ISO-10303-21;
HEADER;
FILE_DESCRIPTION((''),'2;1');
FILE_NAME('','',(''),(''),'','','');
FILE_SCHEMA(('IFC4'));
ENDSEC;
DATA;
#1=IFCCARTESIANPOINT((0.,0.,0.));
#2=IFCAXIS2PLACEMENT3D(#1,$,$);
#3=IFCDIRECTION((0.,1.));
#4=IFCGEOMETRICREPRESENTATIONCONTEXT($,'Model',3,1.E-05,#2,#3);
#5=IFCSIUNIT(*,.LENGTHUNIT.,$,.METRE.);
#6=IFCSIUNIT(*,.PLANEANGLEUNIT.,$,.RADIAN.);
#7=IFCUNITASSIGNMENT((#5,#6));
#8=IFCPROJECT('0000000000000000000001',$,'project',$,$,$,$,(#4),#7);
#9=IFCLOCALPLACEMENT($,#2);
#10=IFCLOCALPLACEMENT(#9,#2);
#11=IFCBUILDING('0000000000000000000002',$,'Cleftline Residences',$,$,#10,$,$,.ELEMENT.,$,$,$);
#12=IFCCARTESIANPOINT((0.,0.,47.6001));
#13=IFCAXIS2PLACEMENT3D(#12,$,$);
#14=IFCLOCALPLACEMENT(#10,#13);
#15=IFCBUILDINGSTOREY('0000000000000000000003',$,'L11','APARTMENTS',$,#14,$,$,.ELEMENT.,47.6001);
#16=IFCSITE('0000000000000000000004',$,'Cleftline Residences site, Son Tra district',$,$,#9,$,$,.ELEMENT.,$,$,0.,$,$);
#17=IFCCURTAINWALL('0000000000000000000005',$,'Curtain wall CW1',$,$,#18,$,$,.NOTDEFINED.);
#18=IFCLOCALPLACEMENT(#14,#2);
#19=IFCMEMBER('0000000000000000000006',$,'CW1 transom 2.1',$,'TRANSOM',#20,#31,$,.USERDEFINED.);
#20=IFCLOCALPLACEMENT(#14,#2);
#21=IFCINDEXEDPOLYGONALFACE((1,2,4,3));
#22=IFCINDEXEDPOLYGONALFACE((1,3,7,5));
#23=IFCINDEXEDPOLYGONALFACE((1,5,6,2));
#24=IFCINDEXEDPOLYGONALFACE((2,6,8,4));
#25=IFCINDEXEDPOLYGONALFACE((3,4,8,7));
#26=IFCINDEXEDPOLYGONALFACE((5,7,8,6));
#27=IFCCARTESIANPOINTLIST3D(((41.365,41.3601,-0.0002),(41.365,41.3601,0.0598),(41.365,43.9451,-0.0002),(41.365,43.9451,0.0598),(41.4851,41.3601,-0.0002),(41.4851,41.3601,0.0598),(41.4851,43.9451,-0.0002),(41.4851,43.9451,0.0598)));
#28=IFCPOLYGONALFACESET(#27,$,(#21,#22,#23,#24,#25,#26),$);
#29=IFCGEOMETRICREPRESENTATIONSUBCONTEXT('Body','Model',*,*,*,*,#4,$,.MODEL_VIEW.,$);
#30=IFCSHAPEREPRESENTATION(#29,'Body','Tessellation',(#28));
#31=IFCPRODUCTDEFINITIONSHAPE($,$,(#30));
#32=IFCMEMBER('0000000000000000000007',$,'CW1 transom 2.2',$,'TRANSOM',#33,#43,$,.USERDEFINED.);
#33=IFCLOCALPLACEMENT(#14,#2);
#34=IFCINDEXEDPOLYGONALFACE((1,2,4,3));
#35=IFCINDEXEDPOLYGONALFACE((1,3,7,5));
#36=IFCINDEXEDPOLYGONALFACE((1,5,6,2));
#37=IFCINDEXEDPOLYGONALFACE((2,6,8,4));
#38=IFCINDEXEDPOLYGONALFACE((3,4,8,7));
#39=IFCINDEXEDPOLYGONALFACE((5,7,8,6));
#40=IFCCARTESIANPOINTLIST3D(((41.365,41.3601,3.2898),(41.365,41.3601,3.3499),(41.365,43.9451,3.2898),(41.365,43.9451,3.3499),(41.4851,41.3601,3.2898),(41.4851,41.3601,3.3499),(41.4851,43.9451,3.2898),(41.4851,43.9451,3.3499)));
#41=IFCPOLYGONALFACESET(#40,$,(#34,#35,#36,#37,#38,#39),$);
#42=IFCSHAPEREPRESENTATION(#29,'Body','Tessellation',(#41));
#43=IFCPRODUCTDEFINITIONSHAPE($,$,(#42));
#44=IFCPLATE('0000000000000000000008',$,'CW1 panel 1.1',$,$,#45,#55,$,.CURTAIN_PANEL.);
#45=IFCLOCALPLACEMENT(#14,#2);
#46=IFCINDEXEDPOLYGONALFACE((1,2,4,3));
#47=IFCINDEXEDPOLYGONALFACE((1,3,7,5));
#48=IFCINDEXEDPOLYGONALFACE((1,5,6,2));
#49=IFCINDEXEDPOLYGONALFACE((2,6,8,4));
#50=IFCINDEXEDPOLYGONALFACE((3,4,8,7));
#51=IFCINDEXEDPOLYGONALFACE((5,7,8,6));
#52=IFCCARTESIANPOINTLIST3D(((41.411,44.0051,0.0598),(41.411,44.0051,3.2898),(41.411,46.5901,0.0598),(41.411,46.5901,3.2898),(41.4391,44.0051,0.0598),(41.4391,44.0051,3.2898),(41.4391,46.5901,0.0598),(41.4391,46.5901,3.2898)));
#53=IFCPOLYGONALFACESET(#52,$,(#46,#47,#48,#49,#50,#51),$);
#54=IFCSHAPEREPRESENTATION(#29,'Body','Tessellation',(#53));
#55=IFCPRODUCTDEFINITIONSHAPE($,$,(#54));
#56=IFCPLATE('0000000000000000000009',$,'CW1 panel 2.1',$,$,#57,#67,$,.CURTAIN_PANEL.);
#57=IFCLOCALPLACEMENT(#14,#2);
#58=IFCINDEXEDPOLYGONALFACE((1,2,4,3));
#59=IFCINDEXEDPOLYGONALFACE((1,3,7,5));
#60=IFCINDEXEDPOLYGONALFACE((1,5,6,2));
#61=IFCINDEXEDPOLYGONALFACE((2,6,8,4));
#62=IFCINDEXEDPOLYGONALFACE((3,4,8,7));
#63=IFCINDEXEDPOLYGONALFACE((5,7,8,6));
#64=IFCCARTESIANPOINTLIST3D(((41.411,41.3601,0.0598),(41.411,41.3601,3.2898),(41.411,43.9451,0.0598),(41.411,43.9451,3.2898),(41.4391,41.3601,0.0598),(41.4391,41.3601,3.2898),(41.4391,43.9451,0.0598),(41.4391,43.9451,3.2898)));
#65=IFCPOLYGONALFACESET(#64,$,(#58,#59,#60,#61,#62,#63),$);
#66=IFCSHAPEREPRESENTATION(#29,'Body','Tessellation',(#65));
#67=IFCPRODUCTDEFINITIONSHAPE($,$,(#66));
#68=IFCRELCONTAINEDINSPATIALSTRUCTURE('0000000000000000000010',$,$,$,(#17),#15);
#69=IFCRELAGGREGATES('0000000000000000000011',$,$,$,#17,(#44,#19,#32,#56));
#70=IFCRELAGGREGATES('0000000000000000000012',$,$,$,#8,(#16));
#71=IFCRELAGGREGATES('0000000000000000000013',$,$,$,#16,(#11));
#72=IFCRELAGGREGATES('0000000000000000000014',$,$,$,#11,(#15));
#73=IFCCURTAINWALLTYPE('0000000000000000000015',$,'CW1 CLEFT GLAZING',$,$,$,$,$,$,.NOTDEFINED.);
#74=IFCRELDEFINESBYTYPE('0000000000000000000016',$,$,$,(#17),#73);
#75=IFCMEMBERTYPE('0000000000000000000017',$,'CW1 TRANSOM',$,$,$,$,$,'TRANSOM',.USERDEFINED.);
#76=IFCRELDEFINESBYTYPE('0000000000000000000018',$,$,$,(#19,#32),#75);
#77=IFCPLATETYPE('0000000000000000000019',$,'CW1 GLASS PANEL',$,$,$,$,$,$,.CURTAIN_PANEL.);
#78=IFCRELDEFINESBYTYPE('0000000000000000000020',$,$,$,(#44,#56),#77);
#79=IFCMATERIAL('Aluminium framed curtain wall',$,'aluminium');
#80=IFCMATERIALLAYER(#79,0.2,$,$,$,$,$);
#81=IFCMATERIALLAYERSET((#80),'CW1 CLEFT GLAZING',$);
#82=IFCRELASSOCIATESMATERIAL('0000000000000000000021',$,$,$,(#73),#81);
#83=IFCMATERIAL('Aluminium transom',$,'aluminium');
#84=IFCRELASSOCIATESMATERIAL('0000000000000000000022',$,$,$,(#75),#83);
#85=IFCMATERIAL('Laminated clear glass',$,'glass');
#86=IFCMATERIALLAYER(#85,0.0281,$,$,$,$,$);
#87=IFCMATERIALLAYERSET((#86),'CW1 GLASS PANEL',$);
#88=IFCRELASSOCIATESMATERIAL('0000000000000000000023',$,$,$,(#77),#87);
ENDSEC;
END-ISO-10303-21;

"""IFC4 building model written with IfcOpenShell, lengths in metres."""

from ifc_helpers import new_model, si_unit, direction, frame, origin, origin_2d, place, context, subcontext, project, spatial, rectangle, extrude, material, layer, layer_set, material_profile, profile_set, type_object, element, aggregate, save


model = new_model("IFC4")

# Units and contexts
model_context = context("Model", 3, precision=1e-05, world=origin(), true_north=direction((0.0, 1.0)))
body_context = subcontext(model_context, "Body", "Model", "MODEL_VIEW")
ifc_project = project(units=[si_unit("LENGTHUNIT", "METRE"), si_unit("PLANEANGLEUNIT", "RADIAN")], contexts=[model_context])

# Site, building, storey
site_placement = place(None, origin())
site = spatial("IfcSite", under=ifc_project, at=site_placement, Name="Cleftline Residences site, Son Tra district", CompositionType="ELEMENT", RefElevation=0.0)
building_placement = place(site_placement, origin())
building = spatial("IfcBuilding", under=site, at=building_placement, Name="Cleftline Residences", CompositionType="ELEMENT")
storey_placement = place(building_placement, frame((0.0, 0.0, 47.6001)))
storey = spatial("IfcBuildingStorey", under=building, at=storey_placement, Name="L11", Description="APARTMENTS", CompositionType="ELEMENT", Elevation=47.6001)

# Curtain wall, members, plates
ifc_material_1 = material(Name="Aluminium framed curtain wall", Category="aluminium")
ifc_layer_1 = layer(ifc_material_1, 0.2)
ifc_layer_set_1 = layer_set([ifc_layer_1], Name="CW1 CLEFT GLAZING")
curtain_wall_type = type_object("IfcCurtainWallType", Name="CW1 CLEFT GLAZING", PredefinedType="NOTDEFINED", material=ifc_layer_set_1)
curtain_wall_placement = place(storey_placement, origin())
curtain_wall = element("IfcCurtainWall", 1, at=curtain_wall_placement, inside=storey, type_object=curtain_wall_type, Name="Curtain wall CW1", PredefinedType="NOTDEFINED")
ifc_material_2 = material(Name="Aluminium transom", Category="aluminium")
ifc_material_profile_1 = material_profile(ifc_material_2, rectangle(XDim=0.1201, YDim=0.0601, at=origin_2d()))
ifc_profile_set_1 = profile_set([ifc_material_profile_1], Name="Aluminium transom")
member_type_1 = type_object("IfcMemberType", Name="CW1 TRANSOM", ElementType="TRANSOM", PredefinedType="USERDEFINED", material=ifc_profile_set_1)
member_1_placement = place(storey_placement, frame((41.425, 43.9451, 0.0298), z_axis=(0.0, -1.0, 0.0), x_axis=(1.0, 0.0, 0.0)))
member_1 = element("IfcMember", 2, at=member_1_placement, type_object=member_type_1, Name="CW1 transom 2.1", ObjectType="TRANSOM", PredefinedType="USERDEFINED", context=body_context, shape_type="SweptSolid", body=[
    extrude(rectangle(XDim=0.1201, YDim=0.0601, at=origin_2d()), origin(), (0.0, 0.0, 1.0), 2.585),
])
member_2_placement = place(storey_placement, frame((41.425, 43.9451, 3.3198), z_axis=(0.0, -1.0, 0.0), x_axis=(1.0, 0.0, 0.0)))
member_2 = element("IfcMember", 3, at=member_2_placement, type_object=member_type_1, Name="CW1 transom 2.2", ObjectType="TRANSOM", PredefinedType="USERDEFINED", context=body_context, shape_type="SweptSolid", body=[
    extrude(rectangle(XDim=0.1201, YDim=0.0601, at=origin_2d()), origin(), (0.0, 0.0, 1.0), 2.585),
])
ifc_material_3 = material(Name="Laminated clear glass", Category="glass")
ifc_layer_2 = layer(ifc_material_3, 0.0281)
ifc_layer_set_2 = layer_set([ifc_layer_2], Name="CW1 GLASS PANEL")
plate_type = type_object("IfcPlateType", Name="CW1 GLASS PANEL", PredefinedType="CURTAIN_PANEL", material=ifc_layer_set_2)
plate_1_placement = place(storey_placement, frame((41.425, 45.2976, 0.0598), z_axis=(0.0, 0.0, 1.0), x_axis=(0.0, -1.0, 0.0)))
plate_1 = element("IfcPlate", 4, at=plate_1_placement, type_object=plate_type, Name="CW1 panel 1.1", PredefinedType="CURTAIN_PANEL", context=body_context, shape_type="SweptSolid", body=[
    extrude(rectangle(XDim=2.585, YDim=0.0281, at=origin_2d()), origin(), (0.0, 0.0, 1.0), 3.23),
])
plate_2_placement = place(storey_placement, frame((41.425, 42.6526, 0.0598), z_axis=(0.0, 0.0, 1.0), x_axis=(0.0, -1.0, 0.0)))
plate_2 = element("IfcPlate", 5, at=plate_2_placement, type_object=plate_type, Name="CW1 panel 2.1", PredefinedType="CURTAIN_PANEL", context=body_context, shape_type="SweptSolid", body=[
    extrude(rectangle(XDim=2.585, YDim=0.0281, at=origin_2d()), origin(), (0.0, 0.0, 1.0), 3.23),
])
aggregate(curtain_wall, [plate_1, member_1, member_2, plate_2])

save(model, "model.ifc")
